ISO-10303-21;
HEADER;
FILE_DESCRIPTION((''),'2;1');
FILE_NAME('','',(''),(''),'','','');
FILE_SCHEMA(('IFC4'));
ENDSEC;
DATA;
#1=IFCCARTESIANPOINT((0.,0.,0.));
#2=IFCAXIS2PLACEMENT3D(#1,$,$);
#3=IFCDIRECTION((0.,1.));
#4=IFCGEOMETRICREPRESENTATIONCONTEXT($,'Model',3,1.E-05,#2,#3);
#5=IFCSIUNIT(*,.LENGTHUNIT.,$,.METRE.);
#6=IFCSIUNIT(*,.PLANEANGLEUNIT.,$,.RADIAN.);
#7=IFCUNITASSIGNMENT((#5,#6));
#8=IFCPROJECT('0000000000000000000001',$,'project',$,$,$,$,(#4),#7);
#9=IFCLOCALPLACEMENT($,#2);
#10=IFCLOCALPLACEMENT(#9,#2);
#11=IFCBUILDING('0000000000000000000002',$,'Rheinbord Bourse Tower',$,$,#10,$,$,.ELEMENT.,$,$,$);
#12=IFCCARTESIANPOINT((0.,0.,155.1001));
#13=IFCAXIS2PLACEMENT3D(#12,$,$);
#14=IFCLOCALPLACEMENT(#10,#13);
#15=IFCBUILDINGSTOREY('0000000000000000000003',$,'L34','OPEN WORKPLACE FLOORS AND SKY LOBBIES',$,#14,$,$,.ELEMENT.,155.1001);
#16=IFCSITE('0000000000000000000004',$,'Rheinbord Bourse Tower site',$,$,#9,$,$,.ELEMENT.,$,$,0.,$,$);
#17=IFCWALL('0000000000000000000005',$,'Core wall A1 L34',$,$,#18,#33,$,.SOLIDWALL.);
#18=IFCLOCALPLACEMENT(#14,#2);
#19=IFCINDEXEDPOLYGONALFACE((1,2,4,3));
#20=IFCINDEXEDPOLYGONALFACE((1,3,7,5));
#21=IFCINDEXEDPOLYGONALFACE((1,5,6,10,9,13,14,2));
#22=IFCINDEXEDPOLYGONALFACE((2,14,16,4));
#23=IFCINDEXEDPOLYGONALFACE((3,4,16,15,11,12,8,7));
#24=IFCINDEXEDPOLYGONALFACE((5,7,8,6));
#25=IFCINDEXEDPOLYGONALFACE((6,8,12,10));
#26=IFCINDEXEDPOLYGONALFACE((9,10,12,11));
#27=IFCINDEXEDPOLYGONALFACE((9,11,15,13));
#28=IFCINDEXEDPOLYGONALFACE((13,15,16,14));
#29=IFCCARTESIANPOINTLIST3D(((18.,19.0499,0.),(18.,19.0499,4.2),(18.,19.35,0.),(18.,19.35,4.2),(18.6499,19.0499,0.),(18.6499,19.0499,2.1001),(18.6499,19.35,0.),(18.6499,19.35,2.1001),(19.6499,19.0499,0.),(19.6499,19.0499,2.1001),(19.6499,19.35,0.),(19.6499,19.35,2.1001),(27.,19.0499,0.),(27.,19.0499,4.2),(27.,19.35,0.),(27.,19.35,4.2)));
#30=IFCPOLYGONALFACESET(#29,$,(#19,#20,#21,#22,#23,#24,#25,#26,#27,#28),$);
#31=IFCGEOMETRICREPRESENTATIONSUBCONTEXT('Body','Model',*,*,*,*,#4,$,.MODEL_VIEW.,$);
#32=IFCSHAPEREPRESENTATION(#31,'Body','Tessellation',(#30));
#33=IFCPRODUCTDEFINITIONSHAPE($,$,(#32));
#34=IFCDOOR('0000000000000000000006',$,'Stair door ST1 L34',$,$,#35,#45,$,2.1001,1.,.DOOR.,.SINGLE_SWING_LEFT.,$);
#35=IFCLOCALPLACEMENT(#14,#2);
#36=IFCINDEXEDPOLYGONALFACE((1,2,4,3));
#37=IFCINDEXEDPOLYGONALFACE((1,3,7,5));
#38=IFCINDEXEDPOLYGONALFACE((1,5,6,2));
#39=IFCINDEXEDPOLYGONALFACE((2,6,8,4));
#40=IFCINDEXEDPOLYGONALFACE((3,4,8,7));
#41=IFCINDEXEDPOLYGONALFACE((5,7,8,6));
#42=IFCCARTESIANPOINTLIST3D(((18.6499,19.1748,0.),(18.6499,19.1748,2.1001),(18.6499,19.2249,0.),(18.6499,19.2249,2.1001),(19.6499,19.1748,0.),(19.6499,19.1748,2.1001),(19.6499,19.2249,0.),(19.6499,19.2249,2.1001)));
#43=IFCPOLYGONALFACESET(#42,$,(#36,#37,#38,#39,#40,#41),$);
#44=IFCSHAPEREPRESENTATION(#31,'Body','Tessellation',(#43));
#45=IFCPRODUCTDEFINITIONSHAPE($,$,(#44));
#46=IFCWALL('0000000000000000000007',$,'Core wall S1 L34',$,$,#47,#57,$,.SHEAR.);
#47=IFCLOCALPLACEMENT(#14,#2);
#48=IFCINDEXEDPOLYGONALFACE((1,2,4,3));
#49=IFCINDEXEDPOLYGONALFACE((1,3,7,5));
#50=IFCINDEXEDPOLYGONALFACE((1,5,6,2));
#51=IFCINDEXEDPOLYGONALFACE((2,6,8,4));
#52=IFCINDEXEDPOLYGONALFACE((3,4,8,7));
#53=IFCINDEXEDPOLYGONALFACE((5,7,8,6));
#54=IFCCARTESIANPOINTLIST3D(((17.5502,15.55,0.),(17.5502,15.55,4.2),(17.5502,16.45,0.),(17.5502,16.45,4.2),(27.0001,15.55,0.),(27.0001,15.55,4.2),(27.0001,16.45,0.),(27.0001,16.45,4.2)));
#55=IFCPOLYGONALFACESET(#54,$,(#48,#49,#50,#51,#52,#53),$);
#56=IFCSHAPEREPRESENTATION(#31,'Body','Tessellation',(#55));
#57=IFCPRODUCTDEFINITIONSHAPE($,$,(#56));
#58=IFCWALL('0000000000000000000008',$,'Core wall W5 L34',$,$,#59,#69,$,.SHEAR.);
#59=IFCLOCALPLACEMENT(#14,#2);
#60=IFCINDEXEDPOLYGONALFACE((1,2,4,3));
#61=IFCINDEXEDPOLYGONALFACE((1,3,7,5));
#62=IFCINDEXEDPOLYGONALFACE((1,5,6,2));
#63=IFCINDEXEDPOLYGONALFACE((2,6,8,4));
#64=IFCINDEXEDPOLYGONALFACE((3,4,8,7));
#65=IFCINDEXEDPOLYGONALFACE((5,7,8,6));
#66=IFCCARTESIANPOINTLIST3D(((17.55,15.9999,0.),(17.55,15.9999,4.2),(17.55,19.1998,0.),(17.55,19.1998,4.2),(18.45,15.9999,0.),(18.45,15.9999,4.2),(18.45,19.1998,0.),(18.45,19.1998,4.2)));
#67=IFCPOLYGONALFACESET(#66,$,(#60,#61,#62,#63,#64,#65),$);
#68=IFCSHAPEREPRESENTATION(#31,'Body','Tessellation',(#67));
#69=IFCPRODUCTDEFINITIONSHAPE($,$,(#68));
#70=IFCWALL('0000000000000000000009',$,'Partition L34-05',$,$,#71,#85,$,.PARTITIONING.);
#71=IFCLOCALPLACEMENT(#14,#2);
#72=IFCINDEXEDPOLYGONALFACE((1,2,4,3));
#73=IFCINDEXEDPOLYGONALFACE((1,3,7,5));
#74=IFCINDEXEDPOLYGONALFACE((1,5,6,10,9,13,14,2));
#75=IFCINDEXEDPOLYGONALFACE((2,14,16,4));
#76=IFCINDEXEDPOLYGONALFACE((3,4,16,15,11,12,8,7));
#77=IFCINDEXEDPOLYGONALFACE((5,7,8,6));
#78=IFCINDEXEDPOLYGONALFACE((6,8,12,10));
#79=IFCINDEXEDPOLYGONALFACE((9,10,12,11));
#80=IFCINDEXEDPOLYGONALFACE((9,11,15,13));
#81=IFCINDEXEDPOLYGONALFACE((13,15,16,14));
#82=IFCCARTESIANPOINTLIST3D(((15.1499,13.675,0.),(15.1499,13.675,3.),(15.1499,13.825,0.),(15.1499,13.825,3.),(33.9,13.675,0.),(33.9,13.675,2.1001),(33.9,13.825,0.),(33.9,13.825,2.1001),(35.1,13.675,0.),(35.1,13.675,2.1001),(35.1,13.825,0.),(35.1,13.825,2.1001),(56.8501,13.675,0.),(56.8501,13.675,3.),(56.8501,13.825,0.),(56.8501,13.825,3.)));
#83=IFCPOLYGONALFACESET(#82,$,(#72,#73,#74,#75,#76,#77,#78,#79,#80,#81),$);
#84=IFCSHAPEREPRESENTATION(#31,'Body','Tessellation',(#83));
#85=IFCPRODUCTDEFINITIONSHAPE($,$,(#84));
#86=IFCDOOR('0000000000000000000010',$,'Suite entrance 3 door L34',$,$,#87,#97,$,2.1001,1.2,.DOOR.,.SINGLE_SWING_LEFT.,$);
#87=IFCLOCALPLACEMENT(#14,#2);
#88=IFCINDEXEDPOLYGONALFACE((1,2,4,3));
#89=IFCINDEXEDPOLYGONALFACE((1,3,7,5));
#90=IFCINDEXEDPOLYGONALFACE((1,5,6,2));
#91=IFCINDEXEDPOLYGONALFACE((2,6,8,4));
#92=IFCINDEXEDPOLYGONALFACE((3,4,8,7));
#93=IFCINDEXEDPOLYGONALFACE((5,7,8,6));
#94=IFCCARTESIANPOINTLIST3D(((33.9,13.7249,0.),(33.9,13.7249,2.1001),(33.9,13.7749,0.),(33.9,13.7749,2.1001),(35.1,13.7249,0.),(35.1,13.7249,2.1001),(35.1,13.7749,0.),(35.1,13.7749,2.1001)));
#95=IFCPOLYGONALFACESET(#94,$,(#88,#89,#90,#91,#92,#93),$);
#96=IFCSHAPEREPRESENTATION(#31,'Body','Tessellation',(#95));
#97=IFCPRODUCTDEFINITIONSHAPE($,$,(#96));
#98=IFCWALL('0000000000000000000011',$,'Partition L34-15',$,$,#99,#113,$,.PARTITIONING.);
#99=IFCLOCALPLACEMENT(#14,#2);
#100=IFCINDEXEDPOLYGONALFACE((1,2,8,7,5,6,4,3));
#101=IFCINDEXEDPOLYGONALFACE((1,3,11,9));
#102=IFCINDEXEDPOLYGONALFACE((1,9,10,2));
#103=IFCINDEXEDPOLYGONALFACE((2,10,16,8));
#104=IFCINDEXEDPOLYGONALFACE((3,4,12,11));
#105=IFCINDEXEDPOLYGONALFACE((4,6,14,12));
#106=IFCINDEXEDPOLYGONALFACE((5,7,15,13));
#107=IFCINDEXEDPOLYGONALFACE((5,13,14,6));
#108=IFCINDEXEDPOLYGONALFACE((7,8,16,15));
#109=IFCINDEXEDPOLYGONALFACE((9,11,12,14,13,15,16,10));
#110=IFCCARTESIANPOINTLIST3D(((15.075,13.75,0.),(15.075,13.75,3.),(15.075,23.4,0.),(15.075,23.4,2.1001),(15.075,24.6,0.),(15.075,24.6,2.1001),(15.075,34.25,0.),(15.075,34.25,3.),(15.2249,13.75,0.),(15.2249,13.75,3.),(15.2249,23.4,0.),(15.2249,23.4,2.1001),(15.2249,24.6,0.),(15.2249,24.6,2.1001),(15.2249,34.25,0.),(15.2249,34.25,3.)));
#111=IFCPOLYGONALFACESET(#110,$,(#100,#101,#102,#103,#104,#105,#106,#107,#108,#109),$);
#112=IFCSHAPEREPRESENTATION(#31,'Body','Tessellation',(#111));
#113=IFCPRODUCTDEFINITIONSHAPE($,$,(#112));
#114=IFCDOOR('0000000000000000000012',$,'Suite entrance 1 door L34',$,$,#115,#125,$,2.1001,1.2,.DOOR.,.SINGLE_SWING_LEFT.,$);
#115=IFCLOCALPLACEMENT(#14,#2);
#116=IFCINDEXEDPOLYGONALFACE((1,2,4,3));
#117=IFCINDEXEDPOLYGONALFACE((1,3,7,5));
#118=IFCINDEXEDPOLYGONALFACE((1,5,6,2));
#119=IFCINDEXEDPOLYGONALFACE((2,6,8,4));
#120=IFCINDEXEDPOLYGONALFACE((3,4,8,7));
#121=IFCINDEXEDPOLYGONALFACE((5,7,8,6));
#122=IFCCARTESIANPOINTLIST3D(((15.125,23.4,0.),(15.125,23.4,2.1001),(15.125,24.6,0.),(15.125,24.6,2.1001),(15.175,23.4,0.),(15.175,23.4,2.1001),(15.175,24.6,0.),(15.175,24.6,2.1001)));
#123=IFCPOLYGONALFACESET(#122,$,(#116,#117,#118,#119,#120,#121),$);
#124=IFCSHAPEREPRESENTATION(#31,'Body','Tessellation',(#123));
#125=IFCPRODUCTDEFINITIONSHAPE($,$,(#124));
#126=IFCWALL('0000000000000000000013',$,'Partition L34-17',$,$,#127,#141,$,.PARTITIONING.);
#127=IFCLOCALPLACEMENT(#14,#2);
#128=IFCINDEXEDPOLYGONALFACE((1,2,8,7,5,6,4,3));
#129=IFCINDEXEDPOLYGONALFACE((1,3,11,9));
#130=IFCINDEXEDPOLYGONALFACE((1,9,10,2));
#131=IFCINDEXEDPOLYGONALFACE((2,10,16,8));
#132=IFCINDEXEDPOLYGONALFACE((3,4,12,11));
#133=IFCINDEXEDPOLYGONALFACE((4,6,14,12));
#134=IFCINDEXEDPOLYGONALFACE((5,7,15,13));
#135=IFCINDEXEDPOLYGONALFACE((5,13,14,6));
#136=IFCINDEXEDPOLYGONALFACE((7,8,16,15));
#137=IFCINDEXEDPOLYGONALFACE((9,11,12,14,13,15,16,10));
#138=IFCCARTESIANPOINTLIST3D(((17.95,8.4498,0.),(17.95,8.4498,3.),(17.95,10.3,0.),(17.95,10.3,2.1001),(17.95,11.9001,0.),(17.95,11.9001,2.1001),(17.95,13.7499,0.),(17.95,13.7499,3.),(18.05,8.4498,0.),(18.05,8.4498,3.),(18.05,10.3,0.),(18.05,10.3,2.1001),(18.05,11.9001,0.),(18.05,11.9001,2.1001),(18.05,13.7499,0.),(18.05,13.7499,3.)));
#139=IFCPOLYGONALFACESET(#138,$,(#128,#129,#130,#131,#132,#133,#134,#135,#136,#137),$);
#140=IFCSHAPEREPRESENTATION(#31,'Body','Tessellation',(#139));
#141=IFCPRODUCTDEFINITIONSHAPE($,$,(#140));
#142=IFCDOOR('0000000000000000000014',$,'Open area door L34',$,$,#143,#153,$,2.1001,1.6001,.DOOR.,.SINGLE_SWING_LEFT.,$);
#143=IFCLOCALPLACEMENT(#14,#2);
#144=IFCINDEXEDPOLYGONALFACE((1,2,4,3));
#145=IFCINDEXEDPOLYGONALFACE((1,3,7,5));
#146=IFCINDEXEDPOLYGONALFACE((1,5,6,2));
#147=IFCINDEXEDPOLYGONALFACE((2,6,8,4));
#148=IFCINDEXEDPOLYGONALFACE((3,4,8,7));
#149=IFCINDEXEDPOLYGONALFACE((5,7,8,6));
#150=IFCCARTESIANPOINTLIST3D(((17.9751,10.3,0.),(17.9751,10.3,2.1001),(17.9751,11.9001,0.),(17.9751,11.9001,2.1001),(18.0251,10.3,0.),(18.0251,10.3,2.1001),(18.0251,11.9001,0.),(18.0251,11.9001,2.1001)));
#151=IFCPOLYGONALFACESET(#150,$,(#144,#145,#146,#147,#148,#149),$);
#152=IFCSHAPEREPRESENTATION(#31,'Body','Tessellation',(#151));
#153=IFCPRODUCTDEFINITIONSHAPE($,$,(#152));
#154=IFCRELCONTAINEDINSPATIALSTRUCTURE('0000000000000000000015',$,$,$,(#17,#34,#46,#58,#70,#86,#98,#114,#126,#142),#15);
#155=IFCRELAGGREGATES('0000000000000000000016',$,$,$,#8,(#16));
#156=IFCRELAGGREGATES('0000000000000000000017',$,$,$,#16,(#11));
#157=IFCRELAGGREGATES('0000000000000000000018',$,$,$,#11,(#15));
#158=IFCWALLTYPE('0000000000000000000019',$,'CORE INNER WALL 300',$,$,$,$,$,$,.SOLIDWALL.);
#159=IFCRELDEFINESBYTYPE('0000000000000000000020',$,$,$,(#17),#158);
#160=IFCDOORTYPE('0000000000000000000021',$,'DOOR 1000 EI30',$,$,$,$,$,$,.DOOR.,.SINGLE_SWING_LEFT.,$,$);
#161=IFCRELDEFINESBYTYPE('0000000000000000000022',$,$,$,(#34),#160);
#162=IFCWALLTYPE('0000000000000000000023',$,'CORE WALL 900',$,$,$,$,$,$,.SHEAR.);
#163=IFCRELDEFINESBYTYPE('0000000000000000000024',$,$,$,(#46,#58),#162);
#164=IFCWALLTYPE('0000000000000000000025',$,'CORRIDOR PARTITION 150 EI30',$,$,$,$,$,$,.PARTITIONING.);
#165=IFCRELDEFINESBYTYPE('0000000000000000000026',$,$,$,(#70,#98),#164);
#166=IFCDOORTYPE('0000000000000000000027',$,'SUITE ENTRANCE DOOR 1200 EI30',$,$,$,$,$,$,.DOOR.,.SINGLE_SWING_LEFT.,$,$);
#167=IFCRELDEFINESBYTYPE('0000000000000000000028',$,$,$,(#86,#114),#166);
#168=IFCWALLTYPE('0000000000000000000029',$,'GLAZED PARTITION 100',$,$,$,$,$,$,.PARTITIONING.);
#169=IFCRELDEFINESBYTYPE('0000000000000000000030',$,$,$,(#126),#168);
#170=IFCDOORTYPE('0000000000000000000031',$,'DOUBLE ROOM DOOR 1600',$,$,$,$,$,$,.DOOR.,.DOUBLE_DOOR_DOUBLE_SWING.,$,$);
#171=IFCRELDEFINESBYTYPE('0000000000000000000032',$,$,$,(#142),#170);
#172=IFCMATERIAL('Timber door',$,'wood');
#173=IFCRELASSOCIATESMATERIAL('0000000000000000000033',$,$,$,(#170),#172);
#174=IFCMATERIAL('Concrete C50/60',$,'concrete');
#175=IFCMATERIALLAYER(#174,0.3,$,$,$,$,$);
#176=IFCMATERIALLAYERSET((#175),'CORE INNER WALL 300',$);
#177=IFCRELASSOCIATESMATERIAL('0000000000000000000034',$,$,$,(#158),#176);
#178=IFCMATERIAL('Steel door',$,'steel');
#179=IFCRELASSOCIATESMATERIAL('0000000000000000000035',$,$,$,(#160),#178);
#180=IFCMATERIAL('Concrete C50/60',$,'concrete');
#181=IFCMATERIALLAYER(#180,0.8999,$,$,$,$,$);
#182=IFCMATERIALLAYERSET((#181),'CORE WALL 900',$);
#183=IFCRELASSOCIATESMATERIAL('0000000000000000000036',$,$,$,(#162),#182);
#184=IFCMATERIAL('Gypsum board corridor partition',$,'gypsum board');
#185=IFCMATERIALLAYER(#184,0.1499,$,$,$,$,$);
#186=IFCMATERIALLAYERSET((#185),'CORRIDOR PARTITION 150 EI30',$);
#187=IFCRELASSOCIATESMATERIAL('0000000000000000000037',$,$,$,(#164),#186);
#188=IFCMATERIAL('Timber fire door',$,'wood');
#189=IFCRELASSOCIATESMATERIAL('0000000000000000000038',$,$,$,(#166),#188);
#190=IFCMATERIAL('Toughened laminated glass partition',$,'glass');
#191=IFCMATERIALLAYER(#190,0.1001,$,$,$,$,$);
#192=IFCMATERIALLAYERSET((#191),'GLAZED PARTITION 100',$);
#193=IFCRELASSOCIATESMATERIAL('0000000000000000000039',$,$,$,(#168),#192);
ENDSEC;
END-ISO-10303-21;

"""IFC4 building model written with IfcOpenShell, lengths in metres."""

from ifc_helpers import new_model, si_unit, direction, frame, frame_2d, origin, place, context, subcontext, project, spatial, rectangle, extrude, material, layer, layer_set, type_object, element, fill, save


model = new_model("IFC4")

# Units and contexts
model_context = context("Model", 3, precision=1e-05, world=origin(), true_north=direction((0.0, 1.0)))
body_context = subcontext(model_context, "Body", "Model", "MODEL_VIEW")
ifc_project = project(units=[si_unit("LENGTHUNIT", "METRE"), si_unit("PLANEANGLEUNIT", "RADIAN")], contexts=[model_context])

# Site, building, storey
site_placement = place(None, origin())
site = spatial("IfcSite", under=ifc_project, at=site_placement, Name="Rheinbord Bourse Tower site", CompositionType="ELEMENT", RefElevation=0.0)
building_placement = place(site_placement, origin())
building = spatial("IfcBuilding", under=site, at=building_placement, Name="Rheinbord Bourse Tower", CompositionType="ELEMENT")
storey_placement = place(building_placement, frame((0.0, 0.0, 155.1001)))
storey = spatial("IfcBuildingStorey", under=building, at=storey_placement, Name="L34", Description="OPEN WORKPLACE FLOORS AND SKY LOBBIES", CompositionType="ELEMENT", Elevation=155.1001)

# Shared definitions
ifc_material_1 = material(Name="Timber door", Category="wood")
door_type_1 = type_object("IfcDoorType", Name="DOUBLE ROOM DOOR 1600", OperationType="DOUBLE_DOOR_DOUBLE_SWING", PredefinedType="DOOR", material=ifc_material_1)

# Wall, opening, door
ifc_material_2 = material(Name="Concrete C50/60", Category="concrete")
ifc_layer_1 = layer(ifc_material_2, 0.3)
ifc_layer_set_1 = layer_set([ifc_layer_1], Name="CORE INNER WALL 300")
wall_type_1 = type_object("IfcWallType", Name="CORE INNER WALL 300", PredefinedType="SOLIDWALL", material=ifc_layer_set_1)
wall_1_placement = place(storey_placement, frame((18.0, 19.2, 0.0), z_axis=(0.0, 0.0, 1.0), x_axis=(1.0, 0.0, 0.0)))
wall_1 = element("IfcWall", 1, at=wall_1_placement, inside=storey, type_object=wall_type_1, Name="Core wall A1 L34", PredefinedType="SOLIDWALL", context=body_context, shape_type="SweptSolid", body=[
    extrude(rectangle(XDim=9.0, YDim=0.3, at=frame_2d((4.5, 0.0))), origin(), (0.0, 0.0, 1.0), 4.2),
])
opening_1_placement = place(wall_1_placement, frame((0.6499, 0.0, 0.0)))
opening_1 = element("IfcOpeningElement", 2, at=opening_1_placement, cuts=wall_1, PredefinedType="OPENING", context=body_context, shape_type="SweptSolid", body=[
    extrude(rectangle(XDim=1.0, YDim=2.1001, at=frame_2d((0.5, 1.05))), frame((0.0, 0.1599, 0.0), z_axis=(0.0, -1.0, 0.0), x_axis=(1.0, 0.0, 0.0)), (0.0, 0.0, 1.0), 0.3201),
])
ifc_material_3 = material(Name="Steel door", Category="steel")
door_type_2 = type_object("IfcDoorType", Name="DOOR 1000 EI30", OperationType="SINGLE_SWING_LEFT", PredefinedType="DOOR", material=ifc_material_3)
door_1_placement = place(opening_1_placement, origin())
door_1 = element("IfcDoor", 3, at=door_1_placement, inside=storey, type_object=door_type_2, Name="Stair door ST1 L34", OperationType="SINGLE_SWING_LEFT", OverallHeight=2.1001, OverallWidth=1.0, PredefinedType="DOOR", context=body_context, shape_type="SweptSolid", body=[
    extrude(rectangle(XDim=1.0, YDim=2.1001, at=frame_2d((0.5, 1.05))), frame((0.0, 0.0249, 0.0), z_axis=(0.0, -1.0, 0.0), x_axis=(1.0, 0.0, 0.0)), (0.0, 0.0, 1.0), 0.05),
])
fill(opening_1, door_1)

# Walls
ifc_material_4 = material(Name="Concrete C50/60", Category="concrete")
ifc_layer_2 = layer(ifc_material_4, 0.8999)
ifc_layer_set_2 = layer_set([ifc_layer_2], Name="CORE WALL 900")
wall_type_2 = type_object("IfcWallType", Name="CORE WALL 900", PredefinedType="SHEAR", material=ifc_layer_set_2)
wall_2_placement = place(storey_placement, frame((17.55, 16.0, 0.0), z_axis=(0.0, 0.0, 1.0), x_axis=(1.0, 0.0, 0.0)))
element("IfcWall", 4, at=wall_2_placement, inside=storey, type_object=wall_type_2, Name="Core wall S1 L34", PredefinedType="SHEAR", context=body_context, shape_type="SweptSolid", body=[
    extrude(rectangle(XDim=9.45, YDim=0.8999, at=frame_2d((4.7251, 0.0))), origin(), (0.0, 0.0, 1.0), 4.2),
])
wall_3_placement = place(storey_placement, frame((18.0, 19.2, 0.0), z_axis=(0.0, 0.0, 1.0), x_axis=(0.0, -1.0, 0.0)))
element("IfcWall", 5, at=wall_3_placement, inside=storey, type_object=wall_type_2, Name="Core wall W5 L34", PredefinedType="SHEAR", context=body_context, shape_type="SweptSolid", body=[
    extrude(rectangle(XDim=3.2, YDim=0.8999, at=frame_2d((1.6001, 0.0))), origin(), (0.0, 0.0, 1.0), 4.2),
])

# Walls, openings, doors
ifc_material_5 = material(Name="Gypsum board corridor partition", Category="gypsum board")
ifc_layer_3 = layer(ifc_material_5, 0.1499)
ifc_layer_set_3 = layer_set([ifc_layer_3], Name="CORRIDOR PARTITION 150 EI30")
wall_type_3 = type_object("IfcWallType", Name="CORRIDOR PARTITION 150 EI30", PredefinedType="PARTITIONING", material=ifc_layer_set_3)
wall_4_placement = place(storey_placement, frame((15.1499, 13.75, 0.0), z_axis=(0.0, 0.0, 1.0), x_axis=(1.0, 0.0, 0.0)))
wall_4 = element("IfcWall", 6, at=wall_4_placement, inside=storey, type_object=wall_type_3, Name="Partition L34-05", PredefinedType="PARTITIONING", context=body_context, shape_type="SweptSolid", body=[
    extrude(rectangle(XDim=41.7002, YDim=0.1499, at=frame_2d((20.8501, 0.0))), origin(), (0.0, 0.0, 1.0), 3.0),
])
opening_2_placement = place(wall_4_placement, frame((18.75, 0.0, 0.0)))
opening_2 = element("IfcOpeningElement", 7, at=opening_2_placement, cuts=wall_4, PredefinedType="OPENING", context=body_context, shape_type="SweptSolid", body=[
    extrude(rectangle(XDim=1.2, YDim=2.1001, at=frame_2d((0.6001, 1.05))), frame((0.0, 0.085, 0.0), z_axis=(0.0, -1.0, 0.0), x_axis=(1.0, 0.0, 0.0)), (0.0, 0.0, 1.0), 0.1699),
])
ifc_material_6 = material(Name="Timber fire door", Category="wood")
door_type_3 = type_object("IfcDoorType", Name="SUITE ENTRANCE DOOR 1200 EI30", OperationType="SINGLE_SWING_LEFT", PredefinedType="DOOR", material=ifc_material_6)
door_2_placement = place(opening_2_placement, origin())
door_2 = element("IfcDoor", 8, at=door_2_placement, inside=storey, type_object=door_type_3, Name="Suite entrance 3 door L34", OperationType="SINGLE_SWING_LEFT", OverallHeight=2.1001, OverallWidth=1.2, PredefinedType="DOOR", context=body_context, shape_type="SweptSolid", body=[
    extrude(rectangle(XDim=1.2, YDim=2.1001, at=frame_2d((0.6001, 1.05))), frame((0.0, 0.0249, 0.0), z_axis=(0.0, -1.0, 0.0), x_axis=(1.0, 0.0, 0.0)), (0.0, 0.0, 1.0), 0.05),
])
fill(opening_2, door_2)
wall_5_placement = place(storey_placement, frame((15.1499, 13.75, 0.0), z_axis=(0.0, 0.0, 1.0), x_axis=(0.0, 1.0, 0.0)))
wall_5 = element("IfcWall", 9, at=wall_5_placement, inside=storey, type_object=wall_type_3, Name="Partition L34-15", PredefinedType="PARTITIONING", context=body_context, shape_type="SweptSolid", body=[
    extrude(rectangle(XDim=20.5, YDim=0.1499, at=frame_2d((10.25, 0.0))), origin(), (0.0, 0.0, 1.0), 3.0),
])
opening_3_placement = place(wall_5_placement, frame((9.6499, 0.0, 0.0)))
opening_3 = element("IfcOpeningElement", 10, at=opening_3_placement, cuts=wall_5, PredefinedType="OPENING", context=body_context, shape_type="SweptSolid", body=[
    extrude(rectangle(XDim=1.2, YDim=2.1001, at=frame_2d((0.6001, 1.05))), frame((0.0, 0.085, 0.0), z_axis=(0.0, -1.0, 0.0), x_axis=(1.0, 0.0, 0.0)), (0.0, 0.0, 1.0), 0.1699),
])
door_3_placement = place(opening_3_placement, origin())
door_3 = element("IfcDoor", 11, at=door_3_placement, inside=storey, type_object=door_type_3, Name="Suite entrance 1 door L34", OperationType="SINGLE_SWING_LEFT", OverallHeight=2.1001, OverallWidth=1.2, PredefinedType="DOOR", context=body_context, shape_type="SweptSolid", body=[
    extrude(rectangle(XDim=1.2, YDim=2.1001, at=frame_2d((0.6001, 1.05))), frame((0.0, 0.0249, 0.0), z_axis=(0.0, -1.0, 0.0), x_axis=(1.0, 0.0, 0.0)), (0.0, 0.0, 1.0), 0.05),
])
fill(opening_3, door_3)
ifc_material_7 = material(Name="Toughened laminated glass partition", Category="glass")
ifc_layer_4 = layer(ifc_material_7, 0.1001)
ifc_layer_set_4 = layer_set([ifc_layer_4], Name="GLAZED PARTITION 100")
wall_type_4 = type_object("IfcWallType", Name="GLAZED PARTITION 100", PredefinedType="PARTITIONING", material=ifc_layer_set_4)
wall_6_placement = place(storey_placement, frame((18.0, 8.45, 0.0), z_axis=(0.0, 0.0, 1.0), x_axis=(0.0, 1.0, 0.0)))
wall_6 = element("IfcWall", 12, at=wall_6_placement, inside=storey, type_object=wall_type_4, Name="Partition L34-17", PredefinedType="PARTITIONING", context=body_context, shape_type="SweptSolid", body=[
    extrude(rectangle(XDim=5.3, YDim=0.1001, at=frame_2d((2.6499, 0.0))), origin(), (0.0, 0.0, 1.0), 3.0),
])
opening_4_placement = place(wall_6_placement, frame((1.8501, 0.0, 0.0)))
opening_4 = element("IfcOpeningElement", 13, at=opening_4_placement, cuts=wall_6, PredefinedType="OPENING", context=body_context, shape_type="SweptSolid", body=[
    extrude(rectangle(XDim=1.6001, YDim=2.1001, at=frame_2d((0.8, 1.05))), frame((0.0, 0.0601, 0.0), z_axis=(0.0, -1.0, 0.0), x_axis=(1.0, 0.0, 0.0)), (0.0, 0.0, 1.0), 0.1201),
])
door_4_placement = place(opening_4_placement, origin())
door_4 = element("IfcDoor", 14, at=door_4_placement, inside=storey, type_object=door_type_1, Name="Open area door L34", OperationType="SINGLE_SWING_LEFT", OverallHeight=2.1001, OverallWidth=1.6001, PredefinedType="DOOR", context=body_context, shape_type="SweptSolid", body=[
    extrude(rectangle(XDim=1.6001, YDim=2.1001, at=frame_2d((0.8, 1.05))), frame((0.0, 0.0249, 0.0), z_axis=(0.0, -1.0, 0.0), x_axis=(1.0, 0.0, 0.0)), (0.0, 0.0, 1.0), 0.05),
])
fill(opening_4, door_4)

save(model, "model.ifc")
